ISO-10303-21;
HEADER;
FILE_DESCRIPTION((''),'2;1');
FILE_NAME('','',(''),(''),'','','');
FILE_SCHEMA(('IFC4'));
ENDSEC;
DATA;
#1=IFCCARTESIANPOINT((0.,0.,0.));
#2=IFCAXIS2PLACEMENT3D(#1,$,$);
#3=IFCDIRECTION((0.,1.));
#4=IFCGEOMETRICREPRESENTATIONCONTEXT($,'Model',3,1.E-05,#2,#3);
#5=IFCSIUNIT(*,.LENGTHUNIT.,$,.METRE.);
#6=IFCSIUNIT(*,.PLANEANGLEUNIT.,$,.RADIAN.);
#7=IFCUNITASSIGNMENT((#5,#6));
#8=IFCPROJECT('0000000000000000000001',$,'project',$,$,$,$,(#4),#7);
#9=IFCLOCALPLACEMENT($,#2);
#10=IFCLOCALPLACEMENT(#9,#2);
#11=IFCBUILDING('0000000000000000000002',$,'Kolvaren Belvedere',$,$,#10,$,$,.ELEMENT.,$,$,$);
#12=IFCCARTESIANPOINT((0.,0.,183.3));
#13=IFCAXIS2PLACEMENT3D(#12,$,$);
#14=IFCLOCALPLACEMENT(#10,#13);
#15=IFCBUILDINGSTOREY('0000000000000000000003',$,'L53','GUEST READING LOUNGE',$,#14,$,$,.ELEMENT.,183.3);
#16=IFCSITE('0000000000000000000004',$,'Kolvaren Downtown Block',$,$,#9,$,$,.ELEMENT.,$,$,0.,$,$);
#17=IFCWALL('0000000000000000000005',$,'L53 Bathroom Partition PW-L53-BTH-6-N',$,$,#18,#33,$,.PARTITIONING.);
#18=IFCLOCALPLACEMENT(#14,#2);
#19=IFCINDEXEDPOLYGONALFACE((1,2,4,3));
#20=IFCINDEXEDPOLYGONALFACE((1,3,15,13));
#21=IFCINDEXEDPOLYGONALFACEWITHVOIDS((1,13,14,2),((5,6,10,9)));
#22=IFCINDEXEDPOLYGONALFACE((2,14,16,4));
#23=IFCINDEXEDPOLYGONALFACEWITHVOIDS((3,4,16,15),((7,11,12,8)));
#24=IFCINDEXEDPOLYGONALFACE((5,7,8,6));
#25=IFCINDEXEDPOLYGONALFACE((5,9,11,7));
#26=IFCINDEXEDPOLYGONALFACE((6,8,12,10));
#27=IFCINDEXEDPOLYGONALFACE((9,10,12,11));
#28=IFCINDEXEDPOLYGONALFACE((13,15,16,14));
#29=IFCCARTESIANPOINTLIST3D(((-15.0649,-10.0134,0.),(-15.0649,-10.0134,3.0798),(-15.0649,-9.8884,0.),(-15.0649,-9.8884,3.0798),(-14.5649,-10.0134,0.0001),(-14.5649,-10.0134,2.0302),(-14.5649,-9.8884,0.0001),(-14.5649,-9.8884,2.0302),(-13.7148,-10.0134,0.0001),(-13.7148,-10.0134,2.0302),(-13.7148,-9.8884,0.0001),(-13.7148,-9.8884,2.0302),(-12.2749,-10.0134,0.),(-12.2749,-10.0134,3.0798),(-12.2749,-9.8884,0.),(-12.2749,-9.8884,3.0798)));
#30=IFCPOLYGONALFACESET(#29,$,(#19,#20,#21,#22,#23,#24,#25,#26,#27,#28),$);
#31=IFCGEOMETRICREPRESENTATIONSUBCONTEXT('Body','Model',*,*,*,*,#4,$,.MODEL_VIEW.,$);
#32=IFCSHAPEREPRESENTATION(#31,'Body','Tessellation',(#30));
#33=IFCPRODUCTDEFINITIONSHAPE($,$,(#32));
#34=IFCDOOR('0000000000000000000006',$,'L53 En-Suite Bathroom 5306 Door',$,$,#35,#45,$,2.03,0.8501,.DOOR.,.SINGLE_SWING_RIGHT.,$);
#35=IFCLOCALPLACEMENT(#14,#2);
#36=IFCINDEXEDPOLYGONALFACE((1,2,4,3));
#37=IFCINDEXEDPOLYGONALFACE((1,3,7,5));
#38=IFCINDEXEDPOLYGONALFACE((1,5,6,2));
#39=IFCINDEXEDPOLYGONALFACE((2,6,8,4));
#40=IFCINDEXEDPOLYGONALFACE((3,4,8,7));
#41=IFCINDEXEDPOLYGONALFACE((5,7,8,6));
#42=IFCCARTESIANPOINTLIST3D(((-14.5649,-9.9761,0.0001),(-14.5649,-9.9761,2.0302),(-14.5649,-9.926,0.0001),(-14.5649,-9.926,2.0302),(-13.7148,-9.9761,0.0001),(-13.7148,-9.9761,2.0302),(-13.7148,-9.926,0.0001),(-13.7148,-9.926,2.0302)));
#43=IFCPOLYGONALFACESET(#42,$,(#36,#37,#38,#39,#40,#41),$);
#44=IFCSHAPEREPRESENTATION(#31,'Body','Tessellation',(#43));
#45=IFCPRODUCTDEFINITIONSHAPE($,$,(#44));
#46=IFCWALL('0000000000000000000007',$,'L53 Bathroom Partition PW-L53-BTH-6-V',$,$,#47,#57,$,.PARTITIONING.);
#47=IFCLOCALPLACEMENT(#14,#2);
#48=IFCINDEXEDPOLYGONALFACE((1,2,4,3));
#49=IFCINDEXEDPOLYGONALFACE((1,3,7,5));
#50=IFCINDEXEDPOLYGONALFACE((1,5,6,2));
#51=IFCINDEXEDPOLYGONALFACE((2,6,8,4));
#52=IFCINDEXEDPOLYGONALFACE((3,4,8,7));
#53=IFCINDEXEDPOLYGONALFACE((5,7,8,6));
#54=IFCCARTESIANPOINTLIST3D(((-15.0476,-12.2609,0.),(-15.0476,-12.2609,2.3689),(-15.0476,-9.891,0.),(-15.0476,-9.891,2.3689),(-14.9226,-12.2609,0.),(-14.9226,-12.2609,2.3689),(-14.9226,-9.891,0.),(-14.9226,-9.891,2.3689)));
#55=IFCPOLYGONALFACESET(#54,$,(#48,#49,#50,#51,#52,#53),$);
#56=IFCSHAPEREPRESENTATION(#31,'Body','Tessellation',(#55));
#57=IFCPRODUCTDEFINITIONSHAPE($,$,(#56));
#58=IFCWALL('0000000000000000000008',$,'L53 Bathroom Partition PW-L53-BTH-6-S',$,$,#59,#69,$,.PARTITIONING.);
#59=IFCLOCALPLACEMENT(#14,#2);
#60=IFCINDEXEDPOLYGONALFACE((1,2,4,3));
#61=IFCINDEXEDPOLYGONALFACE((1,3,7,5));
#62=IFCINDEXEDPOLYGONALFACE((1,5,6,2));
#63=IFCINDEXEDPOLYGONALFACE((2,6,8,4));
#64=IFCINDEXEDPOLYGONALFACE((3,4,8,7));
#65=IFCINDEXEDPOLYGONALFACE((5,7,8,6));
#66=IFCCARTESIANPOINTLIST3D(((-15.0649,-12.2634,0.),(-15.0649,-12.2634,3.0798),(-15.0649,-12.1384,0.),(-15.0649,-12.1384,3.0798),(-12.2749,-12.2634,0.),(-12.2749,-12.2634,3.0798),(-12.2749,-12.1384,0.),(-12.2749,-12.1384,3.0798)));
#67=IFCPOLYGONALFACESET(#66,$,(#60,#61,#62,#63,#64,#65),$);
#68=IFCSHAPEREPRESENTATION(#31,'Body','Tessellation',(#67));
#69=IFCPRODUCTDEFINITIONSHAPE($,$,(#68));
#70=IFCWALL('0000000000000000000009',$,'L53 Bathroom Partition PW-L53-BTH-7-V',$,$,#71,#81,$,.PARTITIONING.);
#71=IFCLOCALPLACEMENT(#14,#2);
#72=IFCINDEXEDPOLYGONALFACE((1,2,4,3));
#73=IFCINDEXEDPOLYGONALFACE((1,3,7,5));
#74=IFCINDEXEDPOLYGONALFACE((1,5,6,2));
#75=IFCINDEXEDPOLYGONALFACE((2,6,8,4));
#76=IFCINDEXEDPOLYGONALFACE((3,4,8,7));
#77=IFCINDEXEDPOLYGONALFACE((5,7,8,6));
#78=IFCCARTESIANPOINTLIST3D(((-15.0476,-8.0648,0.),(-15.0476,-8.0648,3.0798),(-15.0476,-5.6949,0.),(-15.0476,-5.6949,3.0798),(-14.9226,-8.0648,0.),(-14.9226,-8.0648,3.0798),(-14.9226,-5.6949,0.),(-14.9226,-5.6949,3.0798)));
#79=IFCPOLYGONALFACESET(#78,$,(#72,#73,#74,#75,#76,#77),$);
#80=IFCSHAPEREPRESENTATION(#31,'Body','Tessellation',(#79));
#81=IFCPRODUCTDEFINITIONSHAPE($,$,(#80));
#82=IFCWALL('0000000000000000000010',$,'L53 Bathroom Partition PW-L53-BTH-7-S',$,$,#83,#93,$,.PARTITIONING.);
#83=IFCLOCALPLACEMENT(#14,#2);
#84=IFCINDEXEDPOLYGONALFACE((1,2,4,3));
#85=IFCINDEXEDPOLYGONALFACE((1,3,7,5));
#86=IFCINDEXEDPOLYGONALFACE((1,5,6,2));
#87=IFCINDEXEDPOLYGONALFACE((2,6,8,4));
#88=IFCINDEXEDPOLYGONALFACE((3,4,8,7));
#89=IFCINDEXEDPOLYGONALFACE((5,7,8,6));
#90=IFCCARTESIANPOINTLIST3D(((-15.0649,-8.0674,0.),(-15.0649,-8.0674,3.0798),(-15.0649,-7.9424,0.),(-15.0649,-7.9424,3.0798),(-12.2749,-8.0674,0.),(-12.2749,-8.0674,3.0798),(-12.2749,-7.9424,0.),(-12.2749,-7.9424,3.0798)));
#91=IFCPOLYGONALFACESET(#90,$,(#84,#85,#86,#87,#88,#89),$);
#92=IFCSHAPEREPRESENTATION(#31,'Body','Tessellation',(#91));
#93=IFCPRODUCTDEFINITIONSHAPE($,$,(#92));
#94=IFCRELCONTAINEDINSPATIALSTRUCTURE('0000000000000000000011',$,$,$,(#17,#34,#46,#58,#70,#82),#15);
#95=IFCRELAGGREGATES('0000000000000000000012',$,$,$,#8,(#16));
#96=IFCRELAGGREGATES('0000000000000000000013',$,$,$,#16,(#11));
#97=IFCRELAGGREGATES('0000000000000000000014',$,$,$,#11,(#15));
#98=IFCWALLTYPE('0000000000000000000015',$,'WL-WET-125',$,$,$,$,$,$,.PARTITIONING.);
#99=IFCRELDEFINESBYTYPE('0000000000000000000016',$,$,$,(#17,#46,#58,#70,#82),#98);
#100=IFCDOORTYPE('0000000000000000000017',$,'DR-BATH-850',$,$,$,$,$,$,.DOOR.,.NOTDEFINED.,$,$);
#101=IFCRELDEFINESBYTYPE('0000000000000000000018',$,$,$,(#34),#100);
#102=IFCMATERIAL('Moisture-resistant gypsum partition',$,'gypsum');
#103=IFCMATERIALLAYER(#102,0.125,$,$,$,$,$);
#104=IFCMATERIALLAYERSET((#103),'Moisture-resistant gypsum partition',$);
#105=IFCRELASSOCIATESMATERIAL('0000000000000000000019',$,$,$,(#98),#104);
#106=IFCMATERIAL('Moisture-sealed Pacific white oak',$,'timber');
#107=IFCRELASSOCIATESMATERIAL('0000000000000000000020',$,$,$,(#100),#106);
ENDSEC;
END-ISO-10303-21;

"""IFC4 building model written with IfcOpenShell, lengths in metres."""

from ifc_helpers import new_model, si_unit, direction, frame, frame_2d, origin, place, context, subcontext, project, spatial, rectangle, extrude, material, layer, layer_set, type_object, element, fill, save


model = new_model("IFC4")

# Units and contexts
model_context = context("Model", 3, precision=1e-05, world=origin(), true_north=direction((0.0, 1.0)))
body_context = subcontext(model_context, "Body", "Model", "MODEL_VIEW")
ifc_project = project(units=[si_unit("LENGTHUNIT", "METRE"), si_unit("PLANEANGLEUNIT", "RADIAN")], contexts=[model_context])

# Site, building, storey
site_placement = place(None, origin())
site = spatial("IfcSite", under=ifc_project, at=site_placement, Name="Kolvaren Downtown Block", CompositionType="ELEMENT", RefElevation=0.0)
building_placement = place(site_placement, origin())
building = spatial("IfcBuilding", under=site, at=building_placement, Name="Kolvaren Belvedere", CompositionType="ELEMENT")
storey_placement = place(building_placement, frame((0.0, 0.0, 183.3)))
storey = spatial("IfcBuildingStorey", under=building, at=storey_placement, Name="L53", Description="GUEST READING LOUNGE", CompositionType="ELEMENT", Elevation=183.3)

# Wall, opening, door
ifc_material_1 = material(Name="Moisture-resistant gypsum partition", Category="gypsum")
ifc_layer_1 = layer(ifc_material_1, 0.125)
ifc_layer_set_1 = layer_set([ifc_layer_1], Name="Moisture-resistant gypsum partition")
wall_type_1 = type_object("IfcWallType", Name="WL-WET-125", PredefinedType="PARTITIONING", material=ifc_layer_set_1)
wall_1_placement = place(storey_placement, frame((-15.0649, -9.9509, 0.0), z_axis=(0.0, 0.0, 1.0), x_axis=(1.0, 0.0, 0.0)))
wall_1 = element("IfcWall", 1, at=wall_1_placement, inside=storey, type_object=wall_type_1, Name="L53 Bathroom Partition PW-L53-BTH-6-N", PredefinedType="PARTITIONING", context=body_context, shape_type="SweptSolid", body=[
    extrude(rectangle(XDim=2.79, YDim=0.125, at=frame_2d((1.395, 0.0))), origin(), (0.0, 0.0, 1.0), 3.0798),
])
opening_1_placement = place(wall_1_placement, frame((0.5, 0.0, 0.0)))
opening_1 = element("IfcOpeningElement", 2, at=opening_1_placement, cuts=wall_1, PredefinedType="OPENING", context=body_context, shape_type="SweptSolid", body=[
    extrude(rectangle(XDim=0.8501, YDim=2.03, at=frame_2d((0.425, 1.0151))), frame((0.0, 0.0725, 0.0), z_axis=(0.0, -1.0, 0.0), x_axis=(1.0, 0.0, 0.0)), (0.0, 0.0, 1.0), 0.145),
])
ifc_material_2 = material(Name="Moisture-sealed Pacific white oak", Category="timber")
door_type = type_object("IfcDoorType", Name="DR-BATH-850", OperationType="NOTDEFINED", PredefinedType="DOOR", material=ifc_material_2)
door_placement = place(opening_1_placement, origin())
door = element("IfcDoor", 3, at=door_placement, inside=storey, type_object=door_type, Name="L53 En-Suite Bathroom 5306 Door", OperationType="SINGLE_SWING_RIGHT", OverallHeight=2.03, OverallWidth=0.8501, PredefinedType="DOOR", context=body_context, shape_type="SweptSolid", body=[
    extrude(rectangle(XDim=0.8501, YDim=2.03, at=frame_2d((0.425, 1.0151))), frame((0.0, 0.0249, 0.0), z_axis=(0.0, -1.0, 0.0), x_axis=(1.0, 0.0, 0.0)), (0.0, 0.0, 1.0), 0.05),
])
fill(opening_1, door)

# Walls
wall_2_placement = place(storey_placement, frame((-14.9851, -12.261, 0.0), z_axis=(0.0, 0.0, 1.0), x_axis=(0.0, 1.0, 0.0)))
element("IfcWall", 4, at=wall_2_placement, inside=storey, type_object=wall_type_1, Name="L53 Bathroom Partition PW-L53-BTH-6-V", PredefinedType="PARTITIONING", context=body_context, shape_type="SweptSolid", body=[
    extrude(rectangle(XDim=2.3699, YDim=0.125, at=frame_2d((1.1851, 0.0))), origin(), (0.0, 0.0, 1.0), 2.3689),
])
wall_3_placement = place(storey_placement, frame((-15.0649, -12.2009, 0.0), z_axis=(0.0, 0.0, 1.0), x_axis=(1.0, 0.0, 0.0)))
element("IfcWall", 5, at=wall_3_placement, inside=storey, type_object=wall_type_1, Name="L53 Bathroom Partition PW-L53-BTH-6-S", PredefinedType="PARTITIONING", context=body_context, shape_type="SweptSolid", body=[
    extrude(rectangle(XDim=2.79, YDim=0.125, at=frame_2d((1.395, 0.0))), origin(), (0.0, 0.0, 1.0), 3.0798),
])
wall_4_placement = place(storey_placement, frame((-14.9851, -8.0649, 0.0), z_axis=(0.0, 0.0, 1.0), x_axis=(0.0, 1.0, 0.0)))
element("IfcWall", 6, at=wall_4_placement, inside=storey, type_object=wall_type_1, Name="L53 Bathroom Partition PW-L53-BTH-7-V", PredefinedType="PARTITIONING", context=body_context, shape_type="SweptSolid", body=[
    extrude(rectangle(XDim=2.3699, YDim=0.125, at=frame_2d((1.1851, 0.0))), origin(), (0.0, 0.0, 1.0), 3.0798),
])
wall_5_placement = place(storey_placement, frame((-15.0649, -8.0049, 0.0), z_axis=(0.0, 0.0, 1.0), x_axis=(1.0, 0.0, 0.0)))
element("IfcWall", 7, at=wall_5_placement, inside=storey, type_object=wall_type_1, Name="L53 Bathroom Partition PW-L53-BTH-7-S", PredefinedType="PARTITIONING", context=body_context, shape_type="SweptSolid", body=[
    extrude(rectangle(XDim=2.79, YDim=0.125, at=frame_2d((1.395, 0.0))), origin(), (0.0, 0.0, 1.0), 3.0798),
])

save(model, "model.ifc")
